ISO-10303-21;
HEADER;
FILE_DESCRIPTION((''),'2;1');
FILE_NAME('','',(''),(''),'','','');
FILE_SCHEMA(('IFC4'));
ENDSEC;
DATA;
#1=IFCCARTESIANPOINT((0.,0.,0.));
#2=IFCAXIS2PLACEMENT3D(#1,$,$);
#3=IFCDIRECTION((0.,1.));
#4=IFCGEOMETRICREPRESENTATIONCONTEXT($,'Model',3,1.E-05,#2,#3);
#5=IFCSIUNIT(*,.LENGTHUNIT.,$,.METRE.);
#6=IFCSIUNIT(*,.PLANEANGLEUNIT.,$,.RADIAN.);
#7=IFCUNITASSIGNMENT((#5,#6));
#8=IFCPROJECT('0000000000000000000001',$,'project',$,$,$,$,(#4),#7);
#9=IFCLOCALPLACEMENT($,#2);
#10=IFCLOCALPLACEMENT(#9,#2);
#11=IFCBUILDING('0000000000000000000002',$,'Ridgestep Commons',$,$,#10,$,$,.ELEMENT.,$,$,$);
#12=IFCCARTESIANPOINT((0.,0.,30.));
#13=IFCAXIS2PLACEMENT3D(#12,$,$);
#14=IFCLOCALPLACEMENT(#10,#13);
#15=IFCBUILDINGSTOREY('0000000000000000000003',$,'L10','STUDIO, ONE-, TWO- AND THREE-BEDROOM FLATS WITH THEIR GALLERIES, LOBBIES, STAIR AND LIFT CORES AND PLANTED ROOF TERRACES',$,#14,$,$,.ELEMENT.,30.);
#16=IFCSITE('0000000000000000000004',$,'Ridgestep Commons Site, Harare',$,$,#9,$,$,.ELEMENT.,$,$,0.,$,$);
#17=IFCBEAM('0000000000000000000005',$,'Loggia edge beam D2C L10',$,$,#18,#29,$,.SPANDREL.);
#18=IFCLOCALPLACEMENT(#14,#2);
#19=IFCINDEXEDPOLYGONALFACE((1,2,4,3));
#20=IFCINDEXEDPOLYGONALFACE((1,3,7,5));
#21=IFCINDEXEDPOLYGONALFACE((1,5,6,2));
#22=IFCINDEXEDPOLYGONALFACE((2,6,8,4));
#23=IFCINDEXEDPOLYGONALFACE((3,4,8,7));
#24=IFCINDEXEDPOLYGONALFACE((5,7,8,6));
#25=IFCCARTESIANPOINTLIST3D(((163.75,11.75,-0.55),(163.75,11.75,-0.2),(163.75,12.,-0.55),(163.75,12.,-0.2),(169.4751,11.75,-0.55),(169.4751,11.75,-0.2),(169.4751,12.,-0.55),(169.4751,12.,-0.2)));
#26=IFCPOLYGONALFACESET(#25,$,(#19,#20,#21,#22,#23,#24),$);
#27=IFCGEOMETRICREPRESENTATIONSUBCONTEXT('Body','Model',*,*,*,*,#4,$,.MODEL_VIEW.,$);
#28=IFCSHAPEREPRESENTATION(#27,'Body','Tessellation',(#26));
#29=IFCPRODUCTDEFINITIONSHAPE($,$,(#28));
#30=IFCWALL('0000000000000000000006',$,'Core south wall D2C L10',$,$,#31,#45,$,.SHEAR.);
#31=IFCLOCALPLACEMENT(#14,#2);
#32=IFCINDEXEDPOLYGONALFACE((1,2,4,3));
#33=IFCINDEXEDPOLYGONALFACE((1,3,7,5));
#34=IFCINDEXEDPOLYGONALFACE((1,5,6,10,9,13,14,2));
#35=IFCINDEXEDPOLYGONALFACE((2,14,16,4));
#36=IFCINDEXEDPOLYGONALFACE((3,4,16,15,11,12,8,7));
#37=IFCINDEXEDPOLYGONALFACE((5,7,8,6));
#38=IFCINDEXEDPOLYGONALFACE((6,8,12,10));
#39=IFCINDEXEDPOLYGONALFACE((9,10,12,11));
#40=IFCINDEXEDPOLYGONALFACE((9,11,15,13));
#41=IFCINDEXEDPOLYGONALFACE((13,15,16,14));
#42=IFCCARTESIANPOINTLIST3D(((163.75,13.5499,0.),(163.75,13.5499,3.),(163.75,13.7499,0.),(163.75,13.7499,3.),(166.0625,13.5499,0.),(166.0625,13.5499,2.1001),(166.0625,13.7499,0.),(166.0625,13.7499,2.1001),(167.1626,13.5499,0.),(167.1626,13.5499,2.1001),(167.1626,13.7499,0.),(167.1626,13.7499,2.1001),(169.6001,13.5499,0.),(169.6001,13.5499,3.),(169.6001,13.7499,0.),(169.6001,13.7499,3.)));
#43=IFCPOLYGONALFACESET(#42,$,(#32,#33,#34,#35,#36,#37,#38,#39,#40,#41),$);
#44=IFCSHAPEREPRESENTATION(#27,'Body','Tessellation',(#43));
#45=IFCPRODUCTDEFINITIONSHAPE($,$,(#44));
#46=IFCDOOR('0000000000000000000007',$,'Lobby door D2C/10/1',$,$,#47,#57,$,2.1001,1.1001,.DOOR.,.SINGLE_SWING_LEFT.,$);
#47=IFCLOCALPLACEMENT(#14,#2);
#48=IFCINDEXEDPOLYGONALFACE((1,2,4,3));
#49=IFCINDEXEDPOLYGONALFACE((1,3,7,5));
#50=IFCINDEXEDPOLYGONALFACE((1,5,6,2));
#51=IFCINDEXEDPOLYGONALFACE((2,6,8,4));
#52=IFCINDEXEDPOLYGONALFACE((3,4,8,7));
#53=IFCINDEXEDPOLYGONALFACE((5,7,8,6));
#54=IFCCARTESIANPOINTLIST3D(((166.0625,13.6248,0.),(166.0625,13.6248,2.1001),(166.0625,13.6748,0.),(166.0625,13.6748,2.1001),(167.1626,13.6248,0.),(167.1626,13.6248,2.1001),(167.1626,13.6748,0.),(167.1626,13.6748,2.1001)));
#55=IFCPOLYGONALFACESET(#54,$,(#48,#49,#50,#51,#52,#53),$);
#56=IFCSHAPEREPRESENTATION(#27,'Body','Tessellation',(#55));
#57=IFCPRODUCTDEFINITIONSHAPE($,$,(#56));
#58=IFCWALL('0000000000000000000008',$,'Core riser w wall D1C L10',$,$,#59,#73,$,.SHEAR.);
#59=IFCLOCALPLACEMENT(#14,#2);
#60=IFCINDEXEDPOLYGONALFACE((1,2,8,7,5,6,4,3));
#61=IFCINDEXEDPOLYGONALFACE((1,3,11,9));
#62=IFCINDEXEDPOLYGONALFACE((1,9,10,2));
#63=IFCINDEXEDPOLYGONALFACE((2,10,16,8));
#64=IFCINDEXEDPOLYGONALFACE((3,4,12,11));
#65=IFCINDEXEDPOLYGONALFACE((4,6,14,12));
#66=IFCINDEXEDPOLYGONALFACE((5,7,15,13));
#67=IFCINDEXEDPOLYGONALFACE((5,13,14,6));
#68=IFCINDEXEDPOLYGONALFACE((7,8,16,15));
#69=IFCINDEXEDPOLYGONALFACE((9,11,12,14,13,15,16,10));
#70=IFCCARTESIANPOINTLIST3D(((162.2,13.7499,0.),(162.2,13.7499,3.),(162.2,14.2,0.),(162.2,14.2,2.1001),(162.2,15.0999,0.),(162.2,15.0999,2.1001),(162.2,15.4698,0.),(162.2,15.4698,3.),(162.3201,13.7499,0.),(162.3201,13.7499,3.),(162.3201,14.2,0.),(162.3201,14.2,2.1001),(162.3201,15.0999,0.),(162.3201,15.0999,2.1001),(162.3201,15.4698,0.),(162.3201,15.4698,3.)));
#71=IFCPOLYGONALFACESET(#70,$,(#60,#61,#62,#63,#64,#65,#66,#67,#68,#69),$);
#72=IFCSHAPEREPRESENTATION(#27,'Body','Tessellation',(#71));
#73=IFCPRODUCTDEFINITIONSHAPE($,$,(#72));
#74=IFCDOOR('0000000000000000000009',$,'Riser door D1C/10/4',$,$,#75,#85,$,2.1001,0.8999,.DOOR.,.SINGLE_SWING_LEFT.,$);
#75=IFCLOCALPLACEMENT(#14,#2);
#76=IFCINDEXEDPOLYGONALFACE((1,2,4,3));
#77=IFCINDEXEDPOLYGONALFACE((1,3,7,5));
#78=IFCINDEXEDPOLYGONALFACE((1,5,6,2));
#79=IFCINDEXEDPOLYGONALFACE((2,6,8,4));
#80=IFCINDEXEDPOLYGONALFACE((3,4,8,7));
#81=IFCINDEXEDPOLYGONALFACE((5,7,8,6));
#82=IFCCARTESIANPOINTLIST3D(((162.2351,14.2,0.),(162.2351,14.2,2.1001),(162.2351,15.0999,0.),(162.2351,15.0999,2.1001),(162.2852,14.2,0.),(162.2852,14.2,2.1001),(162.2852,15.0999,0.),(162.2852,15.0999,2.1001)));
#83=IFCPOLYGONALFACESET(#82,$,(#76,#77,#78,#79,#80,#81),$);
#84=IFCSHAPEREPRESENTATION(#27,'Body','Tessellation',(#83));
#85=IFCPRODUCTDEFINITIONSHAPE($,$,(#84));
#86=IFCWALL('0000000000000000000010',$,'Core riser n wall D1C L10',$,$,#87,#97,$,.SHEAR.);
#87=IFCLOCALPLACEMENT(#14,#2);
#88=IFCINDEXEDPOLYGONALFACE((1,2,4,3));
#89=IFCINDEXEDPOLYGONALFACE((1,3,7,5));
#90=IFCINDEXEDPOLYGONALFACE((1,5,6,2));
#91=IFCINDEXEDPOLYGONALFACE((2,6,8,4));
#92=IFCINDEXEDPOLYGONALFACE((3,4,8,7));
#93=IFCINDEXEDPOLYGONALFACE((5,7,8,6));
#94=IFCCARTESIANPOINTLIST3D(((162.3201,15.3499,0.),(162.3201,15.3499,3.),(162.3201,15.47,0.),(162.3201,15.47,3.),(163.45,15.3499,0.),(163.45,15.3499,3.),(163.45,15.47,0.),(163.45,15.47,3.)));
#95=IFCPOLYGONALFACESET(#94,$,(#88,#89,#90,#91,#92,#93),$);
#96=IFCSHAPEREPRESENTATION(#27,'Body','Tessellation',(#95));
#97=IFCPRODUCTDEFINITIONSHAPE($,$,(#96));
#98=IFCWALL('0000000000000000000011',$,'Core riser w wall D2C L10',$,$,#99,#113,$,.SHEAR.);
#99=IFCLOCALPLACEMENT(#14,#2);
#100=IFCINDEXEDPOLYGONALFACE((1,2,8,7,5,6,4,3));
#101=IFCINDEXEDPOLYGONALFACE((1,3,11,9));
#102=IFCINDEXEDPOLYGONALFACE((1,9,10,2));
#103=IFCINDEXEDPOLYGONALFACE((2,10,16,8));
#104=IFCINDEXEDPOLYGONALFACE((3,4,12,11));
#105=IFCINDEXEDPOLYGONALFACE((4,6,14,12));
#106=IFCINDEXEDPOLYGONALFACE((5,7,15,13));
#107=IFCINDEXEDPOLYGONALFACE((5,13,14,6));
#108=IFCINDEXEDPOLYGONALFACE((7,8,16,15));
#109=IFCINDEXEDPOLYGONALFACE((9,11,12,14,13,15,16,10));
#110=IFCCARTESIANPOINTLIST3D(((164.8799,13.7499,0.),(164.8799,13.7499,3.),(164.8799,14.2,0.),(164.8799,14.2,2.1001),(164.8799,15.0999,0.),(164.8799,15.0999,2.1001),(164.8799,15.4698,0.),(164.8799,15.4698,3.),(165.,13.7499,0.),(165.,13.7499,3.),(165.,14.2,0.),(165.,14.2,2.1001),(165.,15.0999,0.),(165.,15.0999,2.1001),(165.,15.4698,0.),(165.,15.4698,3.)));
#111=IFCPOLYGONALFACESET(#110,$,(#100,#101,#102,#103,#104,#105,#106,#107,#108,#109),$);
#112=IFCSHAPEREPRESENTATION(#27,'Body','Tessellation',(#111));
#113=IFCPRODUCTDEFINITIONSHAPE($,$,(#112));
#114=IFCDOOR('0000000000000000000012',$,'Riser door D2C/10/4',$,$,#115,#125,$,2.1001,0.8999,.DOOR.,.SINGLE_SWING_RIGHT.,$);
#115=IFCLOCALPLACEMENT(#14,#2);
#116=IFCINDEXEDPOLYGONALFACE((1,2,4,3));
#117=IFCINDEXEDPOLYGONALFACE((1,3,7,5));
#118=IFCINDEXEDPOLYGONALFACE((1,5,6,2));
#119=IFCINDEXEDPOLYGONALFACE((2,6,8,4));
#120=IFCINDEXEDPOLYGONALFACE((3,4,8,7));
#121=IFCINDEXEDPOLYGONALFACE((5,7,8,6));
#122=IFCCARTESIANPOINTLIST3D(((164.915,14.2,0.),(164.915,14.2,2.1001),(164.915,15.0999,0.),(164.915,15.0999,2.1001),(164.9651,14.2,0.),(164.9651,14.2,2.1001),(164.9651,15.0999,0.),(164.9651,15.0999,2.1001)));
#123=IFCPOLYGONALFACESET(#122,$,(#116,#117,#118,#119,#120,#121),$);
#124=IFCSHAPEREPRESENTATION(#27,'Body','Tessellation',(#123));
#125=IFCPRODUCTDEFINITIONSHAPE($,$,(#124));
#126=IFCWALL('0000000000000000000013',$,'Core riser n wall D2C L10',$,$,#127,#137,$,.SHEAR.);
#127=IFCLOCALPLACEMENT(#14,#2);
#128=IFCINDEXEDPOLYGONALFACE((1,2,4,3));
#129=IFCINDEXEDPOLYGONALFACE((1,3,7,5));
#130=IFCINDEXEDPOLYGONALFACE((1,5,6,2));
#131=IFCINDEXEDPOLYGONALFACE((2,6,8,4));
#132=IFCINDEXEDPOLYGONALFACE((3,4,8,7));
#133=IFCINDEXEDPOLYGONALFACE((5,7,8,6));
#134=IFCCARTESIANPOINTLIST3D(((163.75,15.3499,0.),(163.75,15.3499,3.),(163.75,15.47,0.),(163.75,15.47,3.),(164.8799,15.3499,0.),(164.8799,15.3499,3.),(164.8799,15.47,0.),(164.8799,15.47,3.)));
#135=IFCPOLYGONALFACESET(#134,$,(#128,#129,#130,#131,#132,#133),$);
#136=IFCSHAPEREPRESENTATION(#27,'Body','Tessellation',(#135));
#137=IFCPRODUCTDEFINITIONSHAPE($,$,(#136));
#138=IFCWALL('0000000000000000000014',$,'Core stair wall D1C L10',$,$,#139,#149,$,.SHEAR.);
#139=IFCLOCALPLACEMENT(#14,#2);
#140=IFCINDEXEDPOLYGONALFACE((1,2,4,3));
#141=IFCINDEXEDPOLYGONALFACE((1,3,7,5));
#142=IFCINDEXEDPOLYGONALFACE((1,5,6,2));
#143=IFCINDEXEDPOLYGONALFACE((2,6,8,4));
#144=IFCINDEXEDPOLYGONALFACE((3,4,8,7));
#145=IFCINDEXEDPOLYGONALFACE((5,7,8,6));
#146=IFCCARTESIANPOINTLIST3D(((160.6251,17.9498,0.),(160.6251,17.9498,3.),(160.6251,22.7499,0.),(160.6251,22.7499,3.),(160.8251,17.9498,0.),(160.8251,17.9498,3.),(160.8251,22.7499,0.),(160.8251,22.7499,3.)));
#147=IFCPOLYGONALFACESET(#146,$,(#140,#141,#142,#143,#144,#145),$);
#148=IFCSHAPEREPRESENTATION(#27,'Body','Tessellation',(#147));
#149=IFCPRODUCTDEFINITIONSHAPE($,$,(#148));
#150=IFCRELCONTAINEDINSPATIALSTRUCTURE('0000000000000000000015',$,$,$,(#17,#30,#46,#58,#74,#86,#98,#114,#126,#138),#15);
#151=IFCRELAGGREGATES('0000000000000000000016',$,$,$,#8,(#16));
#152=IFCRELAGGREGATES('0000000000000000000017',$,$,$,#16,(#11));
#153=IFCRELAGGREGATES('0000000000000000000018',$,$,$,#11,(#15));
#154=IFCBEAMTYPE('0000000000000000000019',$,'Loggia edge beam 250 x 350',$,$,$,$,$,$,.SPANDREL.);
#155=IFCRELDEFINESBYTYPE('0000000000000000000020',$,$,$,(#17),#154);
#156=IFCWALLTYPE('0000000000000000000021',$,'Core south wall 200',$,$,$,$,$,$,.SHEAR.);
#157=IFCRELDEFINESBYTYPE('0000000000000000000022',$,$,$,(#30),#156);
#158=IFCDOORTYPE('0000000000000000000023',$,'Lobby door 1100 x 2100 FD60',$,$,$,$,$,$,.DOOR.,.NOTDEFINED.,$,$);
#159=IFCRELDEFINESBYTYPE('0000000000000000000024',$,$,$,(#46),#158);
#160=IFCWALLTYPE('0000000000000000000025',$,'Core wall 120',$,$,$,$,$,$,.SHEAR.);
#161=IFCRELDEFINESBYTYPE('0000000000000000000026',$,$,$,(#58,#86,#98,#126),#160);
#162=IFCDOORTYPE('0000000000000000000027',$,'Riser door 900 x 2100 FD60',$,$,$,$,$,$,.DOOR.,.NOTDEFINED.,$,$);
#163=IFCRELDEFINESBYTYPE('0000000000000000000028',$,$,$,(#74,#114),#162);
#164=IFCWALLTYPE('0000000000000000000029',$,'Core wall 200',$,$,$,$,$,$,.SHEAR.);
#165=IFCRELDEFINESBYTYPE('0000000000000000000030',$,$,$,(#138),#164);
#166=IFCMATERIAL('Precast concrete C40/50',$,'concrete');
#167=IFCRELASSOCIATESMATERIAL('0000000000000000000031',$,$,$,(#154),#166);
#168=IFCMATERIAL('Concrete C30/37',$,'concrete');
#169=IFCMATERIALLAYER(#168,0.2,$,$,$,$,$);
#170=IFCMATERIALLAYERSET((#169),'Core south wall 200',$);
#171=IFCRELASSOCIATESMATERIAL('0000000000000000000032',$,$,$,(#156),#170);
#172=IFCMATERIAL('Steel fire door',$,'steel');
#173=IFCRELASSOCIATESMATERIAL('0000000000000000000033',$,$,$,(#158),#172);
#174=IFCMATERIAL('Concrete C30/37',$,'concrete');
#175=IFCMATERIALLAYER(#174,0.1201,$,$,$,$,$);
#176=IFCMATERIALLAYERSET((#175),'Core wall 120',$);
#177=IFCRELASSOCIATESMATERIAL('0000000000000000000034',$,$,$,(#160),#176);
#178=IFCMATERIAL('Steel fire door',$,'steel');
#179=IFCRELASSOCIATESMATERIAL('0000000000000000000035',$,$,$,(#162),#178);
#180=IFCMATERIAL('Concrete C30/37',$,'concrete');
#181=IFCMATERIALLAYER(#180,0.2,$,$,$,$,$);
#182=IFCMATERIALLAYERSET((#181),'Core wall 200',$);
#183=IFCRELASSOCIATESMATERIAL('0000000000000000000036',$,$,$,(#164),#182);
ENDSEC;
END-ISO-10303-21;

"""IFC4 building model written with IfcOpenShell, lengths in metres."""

from ifc_helpers import new_model, si_unit, direction, frame, frame_2d, origin, origin_2d, place, context, subcontext, project, spatial, rectangle, extrude, material, layer, layer_set, material_profile, profile_set, type_object, element, fill, save


model = new_model("IFC4")

# Units and contexts
model_context = context("Model", 3, precision=1e-05, world=origin(), true_north=direction((0.0, 1.0)))
body_context = subcontext(model_context, "Body", "Model", "MODEL_VIEW")
ifc_project = project(units=[si_unit("LENGTHUNIT", "METRE"), si_unit("PLANEANGLEUNIT", "RADIAN")], contexts=[model_context])

# Site, building, storey
site_placement = place(None, origin())
site = spatial("IfcSite", under=ifc_project, at=site_placement, Name="Ridgestep Commons Site, Harare", CompositionType="ELEMENT", RefElevation=0.0)
building_placement = place(site_placement, origin())
building = spatial("IfcBuilding", under=site, at=building_placement, Name="Ridgestep Commons", CompositionType="ELEMENT")
storey_placement = place(building_placement, frame((0.0, 0.0, 30.0)))
storey = spatial("IfcBuildingStorey", under=building, at=storey_placement, Name="L10", Description="STUDIO, ONE-, TWO- AND THREE-BEDROOM FLATS WITH THEIR GALLERIES, LOBBIES, STAIR AND LIFT CORES AND PLANTED ROOF TERRACES", CompositionType="ELEMENT", Elevation=30.0)

# Beam
ifc_material_1 = material(Name="Precast concrete C40/50", Category="concrete")
ifc_material_profile = material_profile(ifc_material_1, rectangle(XDim=0.25, YDim=0.3501, at=origin_2d()), Name="PC 250x350")
ifc_profile_set = profile_set([ifc_material_profile], Name="Precast concrete C40/50")
beam_type = type_object("IfcBeamType", Name="Loggia edge beam 250 x 350", PredefinedType="SPANDREL", material=ifc_profile_set)
beam_placement = place(storey_placement, frame((163.75, 11.875, -0.375), z_axis=(1.0, 0.0, 0.0), x_axis=(0.0, 1.0, 0.0)))
element("IfcBeam", 1, at=beam_placement, inside=storey, type_object=beam_type, Name="Loggia edge beam D2C L10", PredefinedType="SPANDREL", context=body_context, shape_type="SweptSolid", body=[
    extrude(rectangle(XDim=0.25, YDim=0.3501, at=origin_2d()), origin(), (0.0, 0.0, 1.0), 5.7251),
])

# Walls, openings, doors
ifc_material_2 = material(Name="Concrete C30/37", Category="concrete")
ifc_layer_1 = layer(ifc_material_2, 0.2)
ifc_layer_set_1 = layer_set([ifc_layer_1], Name="Core south wall 200")
wall_type_1 = type_object("IfcWallType", Name="Core south wall 200", PredefinedType="SHEAR", material=ifc_layer_set_1)
wall_1_placement = place(storey_placement, frame((163.75, 13.6499, 0.0), z_axis=(0.0, 0.0, 1.0), x_axis=(1.0, 0.0, 0.0)))
wall_1 = element("IfcWall", 2, at=wall_1_placement, inside=storey, type_object=wall_type_1, Name="Core south wall D2C L10", PredefinedType="SHEAR", context=body_context, shape_type="SweptSolid", body=[
    extrude(rectangle(XDim=5.8501, YDim=0.2, at=frame_2d((2.925, 0.0))), origin(), (0.0, 0.0, 1.0), 3.0),
])
opening_1_placement = place(wall_1_placement, frame((2.3125, 0.0, 0.0)))
opening_1 = element("IfcOpeningElement", 3, at=opening_1_placement, cuts=wall_1, PredefinedType="OPENING", context=body_context, shape_type="SweptSolid", body=[
    extrude(rectangle(XDim=1.1001, YDim=2.1001, at=frame_2d((0.55, 1.05))), frame((0.0, 0.1099, 0.0), z_axis=(0.0, -1.0, 0.0), x_axis=(1.0, 0.0, 0.0)), (0.0, 0.0, 1.0), 0.22),
])
ifc_material_3 = material(Name="Steel fire door", Category="steel")
door_type_1 = type_object("IfcDoorType", Name="Lobby door 1100 x 2100 FD60", OperationType="NOTDEFINED", PredefinedType="DOOR", material=ifc_material_3)
door_1_placement = place(opening_1_placement, origin())
door_1 = element("IfcDoor", 4, at=door_1_placement, inside=storey, type_object=door_type_1, Name="Lobby door D2C/10/1", OperationType="SINGLE_SWING_LEFT", OverallHeight=2.1001, OverallWidth=1.1001, PredefinedType="DOOR", context=body_context, shape_type="SweptSolid", body=[
    extrude(rectangle(XDim=1.1001, YDim=2.1001, at=frame_2d((0.55, 1.05))), frame((0.0, 0.0249, 0.0), z_axis=(0.0, -1.0, 0.0), x_axis=(1.0, 0.0, 0.0)), (0.0, 0.0, 1.0), 0.05),
])
fill(opening_1, door_1)
ifc_material_4 = material(Name="Concrete C30/37", Category="concrete")
ifc_layer_2 = layer(ifc_material_4, 0.1201)
ifc_layer_set_2 = layer_set([ifc_layer_2], Name="Core wall 120")
wall_type_2 = type_object("IfcWallType", Name="Core wall 120", PredefinedType="SHEAR", material=ifc_layer_set_2)
wall_2_placement = place(storey_placement, frame((162.26, 13.75, 0.0), z_axis=(0.0, 0.0, 1.0), x_axis=(0.0, 1.0, 0.0)))
wall_2 = element("IfcWall", 5, at=wall_2_placement, inside=storey, type_object=wall_type_2, Name="Core riser w wall D1C L10", PredefinedType="SHEAR", context=body_context, shape_type="SweptSolid", body=[
    extrude(rectangle(XDim=1.72, YDim=0.1201, at=frame_2d((0.8599, 0.0))), origin(), (0.0, 0.0, 1.0), 3.0),
])
opening_2_placement = place(wall_2_placement, frame((0.45, 0.0, 0.0)))
opening_2 = element("IfcOpeningElement", 6, at=opening_2_placement, cuts=wall_2, PredefinedType="OPENING", context=body_context, shape_type="SweptSolid", body=[
    extrude(rectangle(XDim=0.8999, YDim=2.1001, at=frame_2d((0.45, 1.05))), frame((0.0, 0.0701, 0.0), z_axis=(0.0, -1.0, 0.0), x_axis=(1.0, 0.0, 0.0)), (0.0, 0.0, 1.0), 0.1401),
])
ifc_material_5 = material(Name="Steel fire door", Category="steel")
door_type_2 = type_object("IfcDoorType", Name="Riser door 900 x 2100 FD60", OperationType="NOTDEFINED", PredefinedType="DOOR", material=ifc_material_5)
door_2_placement = place(opening_2_placement, origin())
door_2 = element("IfcDoor", 7, at=door_2_placement, inside=storey, type_object=door_type_2, Name="Riser door D1C/10/4", OperationType="SINGLE_SWING_LEFT", OverallHeight=2.1001, OverallWidth=0.8999, PredefinedType="DOOR", context=body_context, shape_type="SweptSolid", body=[
    extrude(rectangle(XDim=0.8999, YDim=2.1001, at=frame_2d((0.45, 1.05))), frame((0.0, 0.0249, 0.0), z_axis=(0.0, -1.0, 0.0), x_axis=(1.0, 0.0, 0.0)), (0.0, 0.0, 1.0), 0.05),
])
fill(opening_2, door_2)

# Wall
wall_3_placement = place(storey_placement, frame((162.3201, 15.4099, 0.0), z_axis=(0.0, 0.0, 1.0), x_axis=(1.0, 0.0, 0.0)))
element("IfcWall", 8, at=wall_3_placement, inside=storey, type_object=wall_type_2, Name="Core riser n wall D1C L10", PredefinedType="SHEAR", context=body_context, shape_type="SweptSolid", body=[
    extrude(rectangle(XDim=1.1299, YDim=0.1201, at=frame_2d((0.5649, 0.0))), origin(), (0.0, 0.0, 1.0), 3.0),
])

# Wall, opening, door
wall_4_placement = place(storey_placement, frame((164.9399, 13.75, 0.0), z_axis=(0.0, 0.0, 1.0), x_axis=(0.0, 1.0, 0.0)))
wall_4 = element("IfcWall", 9, at=wall_4_placement, inside=storey, type_object=wall_type_2, Name="Core riser w wall D2C L10", PredefinedType="SHEAR", context=body_context, shape_type="SweptSolid", body=[
    extrude(rectangle(XDim=1.72, YDim=0.1201, at=frame_2d((0.8599, 0.0))), origin(), (0.0, 0.0, 1.0), 3.0),
])
opening_3_placement = place(wall_4_placement, frame((0.45, 0.0, 0.0)))
opening_3 = element("IfcOpeningElement", 10, at=opening_3_placement, cuts=wall_4, PredefinedType="OPENING", context=body_context, shape_type="SweptSolid", body=[
    extrude(rectangle(XDim=0.8999, YDim=2.1001, at=frame_2d((0.45, 1.05))), frame((0.0, 0.0701, 0.0), z_axis=(0.0, -1.0, 0.0), x_axis=(1.0, 0.0, 0.0)), (0.0, 0.0, 1.0), 0.1401),
])
door_3_placement = place(opening_3_placement, origin())
door_3 = element("IfcDoor", 11, at=door_3_placement, inside=storey, type_object=door_type_2, Name="Riser door D2C/10/4", OperationType="SINGLE_SWING_RIGHT", OverallHeight=2.1001, OverallWidth=0.8999, PredefinedType="DOOR", context=body_context, shape_type="SweptSolid", body=[
    extrude(rectangle(XDim=0.8999, YDim=2.1001, at=frame_2d((0.45, 1.05))), frame((0.0, 0.0249, 0.0), z_axis=(0.0, -1.0, 0.0), x_axis=(1.0, 0.0, 0.0)), (0.0, 0.0, 1.0), 0.05),
])
fill(opening_3, door_3)

# Walls
wall_5_placement = place(storey_placement, frame((163.75, 15.4099, 0.0), z_axis=(0.0, 0.0, 1.0), x_axis=(1.0, 0.0, 0.0)))
element("IfcWall", 12, at=wall_5_placement, inside=storey, type_object=wall_type_2, Name="Core riser n wall D2C L10", PredefinedType="SHEAR", context=body_context, shape_type="SweptSolid", body=[
    extrude(rectangle(XDim=1.1299, YDim=0.1201, at=frame_2d((0.5649, 0.0))), origin(), (0.0, 0.0, 1.0), 3.0),
])
ifc_material_6 = material(Name="Concrete C30/37", Category="concrete")
ifc_layer_3 = layer(ifc_material_6, 0.2)
ifc_layer_set_3 = layer_set([ifc_layer_3], Name="Core wall 200")
wall_type_3 = type_object("IfcWallType", Name="Core wall 200", PredefinedType="SHEAR", material=ifc_layer_set_3)
wall_6_placement = place(storey_placement, frame((160.7251, 17.95, 0.0), z_axis=(0.0, 0.0, 1.0), x_axis=(0.0, 1.0, 0.0)))
element("IfcWall", 13, at=wall_6_placement, inside=storey, type_object=wall_type_3, Name="Core stair wall D1C L10", PredefinedType="SHEAR", context=body_context, shape_type="SweptSolid", body=[
    extrude(rectangle(XDim=4.8, YDim=0.2, at=frame_2d((2.3999, 0.0))), origin(), (0.0, 0.0, 1.0), 3.0),
])

save(model, "model.ifc")
